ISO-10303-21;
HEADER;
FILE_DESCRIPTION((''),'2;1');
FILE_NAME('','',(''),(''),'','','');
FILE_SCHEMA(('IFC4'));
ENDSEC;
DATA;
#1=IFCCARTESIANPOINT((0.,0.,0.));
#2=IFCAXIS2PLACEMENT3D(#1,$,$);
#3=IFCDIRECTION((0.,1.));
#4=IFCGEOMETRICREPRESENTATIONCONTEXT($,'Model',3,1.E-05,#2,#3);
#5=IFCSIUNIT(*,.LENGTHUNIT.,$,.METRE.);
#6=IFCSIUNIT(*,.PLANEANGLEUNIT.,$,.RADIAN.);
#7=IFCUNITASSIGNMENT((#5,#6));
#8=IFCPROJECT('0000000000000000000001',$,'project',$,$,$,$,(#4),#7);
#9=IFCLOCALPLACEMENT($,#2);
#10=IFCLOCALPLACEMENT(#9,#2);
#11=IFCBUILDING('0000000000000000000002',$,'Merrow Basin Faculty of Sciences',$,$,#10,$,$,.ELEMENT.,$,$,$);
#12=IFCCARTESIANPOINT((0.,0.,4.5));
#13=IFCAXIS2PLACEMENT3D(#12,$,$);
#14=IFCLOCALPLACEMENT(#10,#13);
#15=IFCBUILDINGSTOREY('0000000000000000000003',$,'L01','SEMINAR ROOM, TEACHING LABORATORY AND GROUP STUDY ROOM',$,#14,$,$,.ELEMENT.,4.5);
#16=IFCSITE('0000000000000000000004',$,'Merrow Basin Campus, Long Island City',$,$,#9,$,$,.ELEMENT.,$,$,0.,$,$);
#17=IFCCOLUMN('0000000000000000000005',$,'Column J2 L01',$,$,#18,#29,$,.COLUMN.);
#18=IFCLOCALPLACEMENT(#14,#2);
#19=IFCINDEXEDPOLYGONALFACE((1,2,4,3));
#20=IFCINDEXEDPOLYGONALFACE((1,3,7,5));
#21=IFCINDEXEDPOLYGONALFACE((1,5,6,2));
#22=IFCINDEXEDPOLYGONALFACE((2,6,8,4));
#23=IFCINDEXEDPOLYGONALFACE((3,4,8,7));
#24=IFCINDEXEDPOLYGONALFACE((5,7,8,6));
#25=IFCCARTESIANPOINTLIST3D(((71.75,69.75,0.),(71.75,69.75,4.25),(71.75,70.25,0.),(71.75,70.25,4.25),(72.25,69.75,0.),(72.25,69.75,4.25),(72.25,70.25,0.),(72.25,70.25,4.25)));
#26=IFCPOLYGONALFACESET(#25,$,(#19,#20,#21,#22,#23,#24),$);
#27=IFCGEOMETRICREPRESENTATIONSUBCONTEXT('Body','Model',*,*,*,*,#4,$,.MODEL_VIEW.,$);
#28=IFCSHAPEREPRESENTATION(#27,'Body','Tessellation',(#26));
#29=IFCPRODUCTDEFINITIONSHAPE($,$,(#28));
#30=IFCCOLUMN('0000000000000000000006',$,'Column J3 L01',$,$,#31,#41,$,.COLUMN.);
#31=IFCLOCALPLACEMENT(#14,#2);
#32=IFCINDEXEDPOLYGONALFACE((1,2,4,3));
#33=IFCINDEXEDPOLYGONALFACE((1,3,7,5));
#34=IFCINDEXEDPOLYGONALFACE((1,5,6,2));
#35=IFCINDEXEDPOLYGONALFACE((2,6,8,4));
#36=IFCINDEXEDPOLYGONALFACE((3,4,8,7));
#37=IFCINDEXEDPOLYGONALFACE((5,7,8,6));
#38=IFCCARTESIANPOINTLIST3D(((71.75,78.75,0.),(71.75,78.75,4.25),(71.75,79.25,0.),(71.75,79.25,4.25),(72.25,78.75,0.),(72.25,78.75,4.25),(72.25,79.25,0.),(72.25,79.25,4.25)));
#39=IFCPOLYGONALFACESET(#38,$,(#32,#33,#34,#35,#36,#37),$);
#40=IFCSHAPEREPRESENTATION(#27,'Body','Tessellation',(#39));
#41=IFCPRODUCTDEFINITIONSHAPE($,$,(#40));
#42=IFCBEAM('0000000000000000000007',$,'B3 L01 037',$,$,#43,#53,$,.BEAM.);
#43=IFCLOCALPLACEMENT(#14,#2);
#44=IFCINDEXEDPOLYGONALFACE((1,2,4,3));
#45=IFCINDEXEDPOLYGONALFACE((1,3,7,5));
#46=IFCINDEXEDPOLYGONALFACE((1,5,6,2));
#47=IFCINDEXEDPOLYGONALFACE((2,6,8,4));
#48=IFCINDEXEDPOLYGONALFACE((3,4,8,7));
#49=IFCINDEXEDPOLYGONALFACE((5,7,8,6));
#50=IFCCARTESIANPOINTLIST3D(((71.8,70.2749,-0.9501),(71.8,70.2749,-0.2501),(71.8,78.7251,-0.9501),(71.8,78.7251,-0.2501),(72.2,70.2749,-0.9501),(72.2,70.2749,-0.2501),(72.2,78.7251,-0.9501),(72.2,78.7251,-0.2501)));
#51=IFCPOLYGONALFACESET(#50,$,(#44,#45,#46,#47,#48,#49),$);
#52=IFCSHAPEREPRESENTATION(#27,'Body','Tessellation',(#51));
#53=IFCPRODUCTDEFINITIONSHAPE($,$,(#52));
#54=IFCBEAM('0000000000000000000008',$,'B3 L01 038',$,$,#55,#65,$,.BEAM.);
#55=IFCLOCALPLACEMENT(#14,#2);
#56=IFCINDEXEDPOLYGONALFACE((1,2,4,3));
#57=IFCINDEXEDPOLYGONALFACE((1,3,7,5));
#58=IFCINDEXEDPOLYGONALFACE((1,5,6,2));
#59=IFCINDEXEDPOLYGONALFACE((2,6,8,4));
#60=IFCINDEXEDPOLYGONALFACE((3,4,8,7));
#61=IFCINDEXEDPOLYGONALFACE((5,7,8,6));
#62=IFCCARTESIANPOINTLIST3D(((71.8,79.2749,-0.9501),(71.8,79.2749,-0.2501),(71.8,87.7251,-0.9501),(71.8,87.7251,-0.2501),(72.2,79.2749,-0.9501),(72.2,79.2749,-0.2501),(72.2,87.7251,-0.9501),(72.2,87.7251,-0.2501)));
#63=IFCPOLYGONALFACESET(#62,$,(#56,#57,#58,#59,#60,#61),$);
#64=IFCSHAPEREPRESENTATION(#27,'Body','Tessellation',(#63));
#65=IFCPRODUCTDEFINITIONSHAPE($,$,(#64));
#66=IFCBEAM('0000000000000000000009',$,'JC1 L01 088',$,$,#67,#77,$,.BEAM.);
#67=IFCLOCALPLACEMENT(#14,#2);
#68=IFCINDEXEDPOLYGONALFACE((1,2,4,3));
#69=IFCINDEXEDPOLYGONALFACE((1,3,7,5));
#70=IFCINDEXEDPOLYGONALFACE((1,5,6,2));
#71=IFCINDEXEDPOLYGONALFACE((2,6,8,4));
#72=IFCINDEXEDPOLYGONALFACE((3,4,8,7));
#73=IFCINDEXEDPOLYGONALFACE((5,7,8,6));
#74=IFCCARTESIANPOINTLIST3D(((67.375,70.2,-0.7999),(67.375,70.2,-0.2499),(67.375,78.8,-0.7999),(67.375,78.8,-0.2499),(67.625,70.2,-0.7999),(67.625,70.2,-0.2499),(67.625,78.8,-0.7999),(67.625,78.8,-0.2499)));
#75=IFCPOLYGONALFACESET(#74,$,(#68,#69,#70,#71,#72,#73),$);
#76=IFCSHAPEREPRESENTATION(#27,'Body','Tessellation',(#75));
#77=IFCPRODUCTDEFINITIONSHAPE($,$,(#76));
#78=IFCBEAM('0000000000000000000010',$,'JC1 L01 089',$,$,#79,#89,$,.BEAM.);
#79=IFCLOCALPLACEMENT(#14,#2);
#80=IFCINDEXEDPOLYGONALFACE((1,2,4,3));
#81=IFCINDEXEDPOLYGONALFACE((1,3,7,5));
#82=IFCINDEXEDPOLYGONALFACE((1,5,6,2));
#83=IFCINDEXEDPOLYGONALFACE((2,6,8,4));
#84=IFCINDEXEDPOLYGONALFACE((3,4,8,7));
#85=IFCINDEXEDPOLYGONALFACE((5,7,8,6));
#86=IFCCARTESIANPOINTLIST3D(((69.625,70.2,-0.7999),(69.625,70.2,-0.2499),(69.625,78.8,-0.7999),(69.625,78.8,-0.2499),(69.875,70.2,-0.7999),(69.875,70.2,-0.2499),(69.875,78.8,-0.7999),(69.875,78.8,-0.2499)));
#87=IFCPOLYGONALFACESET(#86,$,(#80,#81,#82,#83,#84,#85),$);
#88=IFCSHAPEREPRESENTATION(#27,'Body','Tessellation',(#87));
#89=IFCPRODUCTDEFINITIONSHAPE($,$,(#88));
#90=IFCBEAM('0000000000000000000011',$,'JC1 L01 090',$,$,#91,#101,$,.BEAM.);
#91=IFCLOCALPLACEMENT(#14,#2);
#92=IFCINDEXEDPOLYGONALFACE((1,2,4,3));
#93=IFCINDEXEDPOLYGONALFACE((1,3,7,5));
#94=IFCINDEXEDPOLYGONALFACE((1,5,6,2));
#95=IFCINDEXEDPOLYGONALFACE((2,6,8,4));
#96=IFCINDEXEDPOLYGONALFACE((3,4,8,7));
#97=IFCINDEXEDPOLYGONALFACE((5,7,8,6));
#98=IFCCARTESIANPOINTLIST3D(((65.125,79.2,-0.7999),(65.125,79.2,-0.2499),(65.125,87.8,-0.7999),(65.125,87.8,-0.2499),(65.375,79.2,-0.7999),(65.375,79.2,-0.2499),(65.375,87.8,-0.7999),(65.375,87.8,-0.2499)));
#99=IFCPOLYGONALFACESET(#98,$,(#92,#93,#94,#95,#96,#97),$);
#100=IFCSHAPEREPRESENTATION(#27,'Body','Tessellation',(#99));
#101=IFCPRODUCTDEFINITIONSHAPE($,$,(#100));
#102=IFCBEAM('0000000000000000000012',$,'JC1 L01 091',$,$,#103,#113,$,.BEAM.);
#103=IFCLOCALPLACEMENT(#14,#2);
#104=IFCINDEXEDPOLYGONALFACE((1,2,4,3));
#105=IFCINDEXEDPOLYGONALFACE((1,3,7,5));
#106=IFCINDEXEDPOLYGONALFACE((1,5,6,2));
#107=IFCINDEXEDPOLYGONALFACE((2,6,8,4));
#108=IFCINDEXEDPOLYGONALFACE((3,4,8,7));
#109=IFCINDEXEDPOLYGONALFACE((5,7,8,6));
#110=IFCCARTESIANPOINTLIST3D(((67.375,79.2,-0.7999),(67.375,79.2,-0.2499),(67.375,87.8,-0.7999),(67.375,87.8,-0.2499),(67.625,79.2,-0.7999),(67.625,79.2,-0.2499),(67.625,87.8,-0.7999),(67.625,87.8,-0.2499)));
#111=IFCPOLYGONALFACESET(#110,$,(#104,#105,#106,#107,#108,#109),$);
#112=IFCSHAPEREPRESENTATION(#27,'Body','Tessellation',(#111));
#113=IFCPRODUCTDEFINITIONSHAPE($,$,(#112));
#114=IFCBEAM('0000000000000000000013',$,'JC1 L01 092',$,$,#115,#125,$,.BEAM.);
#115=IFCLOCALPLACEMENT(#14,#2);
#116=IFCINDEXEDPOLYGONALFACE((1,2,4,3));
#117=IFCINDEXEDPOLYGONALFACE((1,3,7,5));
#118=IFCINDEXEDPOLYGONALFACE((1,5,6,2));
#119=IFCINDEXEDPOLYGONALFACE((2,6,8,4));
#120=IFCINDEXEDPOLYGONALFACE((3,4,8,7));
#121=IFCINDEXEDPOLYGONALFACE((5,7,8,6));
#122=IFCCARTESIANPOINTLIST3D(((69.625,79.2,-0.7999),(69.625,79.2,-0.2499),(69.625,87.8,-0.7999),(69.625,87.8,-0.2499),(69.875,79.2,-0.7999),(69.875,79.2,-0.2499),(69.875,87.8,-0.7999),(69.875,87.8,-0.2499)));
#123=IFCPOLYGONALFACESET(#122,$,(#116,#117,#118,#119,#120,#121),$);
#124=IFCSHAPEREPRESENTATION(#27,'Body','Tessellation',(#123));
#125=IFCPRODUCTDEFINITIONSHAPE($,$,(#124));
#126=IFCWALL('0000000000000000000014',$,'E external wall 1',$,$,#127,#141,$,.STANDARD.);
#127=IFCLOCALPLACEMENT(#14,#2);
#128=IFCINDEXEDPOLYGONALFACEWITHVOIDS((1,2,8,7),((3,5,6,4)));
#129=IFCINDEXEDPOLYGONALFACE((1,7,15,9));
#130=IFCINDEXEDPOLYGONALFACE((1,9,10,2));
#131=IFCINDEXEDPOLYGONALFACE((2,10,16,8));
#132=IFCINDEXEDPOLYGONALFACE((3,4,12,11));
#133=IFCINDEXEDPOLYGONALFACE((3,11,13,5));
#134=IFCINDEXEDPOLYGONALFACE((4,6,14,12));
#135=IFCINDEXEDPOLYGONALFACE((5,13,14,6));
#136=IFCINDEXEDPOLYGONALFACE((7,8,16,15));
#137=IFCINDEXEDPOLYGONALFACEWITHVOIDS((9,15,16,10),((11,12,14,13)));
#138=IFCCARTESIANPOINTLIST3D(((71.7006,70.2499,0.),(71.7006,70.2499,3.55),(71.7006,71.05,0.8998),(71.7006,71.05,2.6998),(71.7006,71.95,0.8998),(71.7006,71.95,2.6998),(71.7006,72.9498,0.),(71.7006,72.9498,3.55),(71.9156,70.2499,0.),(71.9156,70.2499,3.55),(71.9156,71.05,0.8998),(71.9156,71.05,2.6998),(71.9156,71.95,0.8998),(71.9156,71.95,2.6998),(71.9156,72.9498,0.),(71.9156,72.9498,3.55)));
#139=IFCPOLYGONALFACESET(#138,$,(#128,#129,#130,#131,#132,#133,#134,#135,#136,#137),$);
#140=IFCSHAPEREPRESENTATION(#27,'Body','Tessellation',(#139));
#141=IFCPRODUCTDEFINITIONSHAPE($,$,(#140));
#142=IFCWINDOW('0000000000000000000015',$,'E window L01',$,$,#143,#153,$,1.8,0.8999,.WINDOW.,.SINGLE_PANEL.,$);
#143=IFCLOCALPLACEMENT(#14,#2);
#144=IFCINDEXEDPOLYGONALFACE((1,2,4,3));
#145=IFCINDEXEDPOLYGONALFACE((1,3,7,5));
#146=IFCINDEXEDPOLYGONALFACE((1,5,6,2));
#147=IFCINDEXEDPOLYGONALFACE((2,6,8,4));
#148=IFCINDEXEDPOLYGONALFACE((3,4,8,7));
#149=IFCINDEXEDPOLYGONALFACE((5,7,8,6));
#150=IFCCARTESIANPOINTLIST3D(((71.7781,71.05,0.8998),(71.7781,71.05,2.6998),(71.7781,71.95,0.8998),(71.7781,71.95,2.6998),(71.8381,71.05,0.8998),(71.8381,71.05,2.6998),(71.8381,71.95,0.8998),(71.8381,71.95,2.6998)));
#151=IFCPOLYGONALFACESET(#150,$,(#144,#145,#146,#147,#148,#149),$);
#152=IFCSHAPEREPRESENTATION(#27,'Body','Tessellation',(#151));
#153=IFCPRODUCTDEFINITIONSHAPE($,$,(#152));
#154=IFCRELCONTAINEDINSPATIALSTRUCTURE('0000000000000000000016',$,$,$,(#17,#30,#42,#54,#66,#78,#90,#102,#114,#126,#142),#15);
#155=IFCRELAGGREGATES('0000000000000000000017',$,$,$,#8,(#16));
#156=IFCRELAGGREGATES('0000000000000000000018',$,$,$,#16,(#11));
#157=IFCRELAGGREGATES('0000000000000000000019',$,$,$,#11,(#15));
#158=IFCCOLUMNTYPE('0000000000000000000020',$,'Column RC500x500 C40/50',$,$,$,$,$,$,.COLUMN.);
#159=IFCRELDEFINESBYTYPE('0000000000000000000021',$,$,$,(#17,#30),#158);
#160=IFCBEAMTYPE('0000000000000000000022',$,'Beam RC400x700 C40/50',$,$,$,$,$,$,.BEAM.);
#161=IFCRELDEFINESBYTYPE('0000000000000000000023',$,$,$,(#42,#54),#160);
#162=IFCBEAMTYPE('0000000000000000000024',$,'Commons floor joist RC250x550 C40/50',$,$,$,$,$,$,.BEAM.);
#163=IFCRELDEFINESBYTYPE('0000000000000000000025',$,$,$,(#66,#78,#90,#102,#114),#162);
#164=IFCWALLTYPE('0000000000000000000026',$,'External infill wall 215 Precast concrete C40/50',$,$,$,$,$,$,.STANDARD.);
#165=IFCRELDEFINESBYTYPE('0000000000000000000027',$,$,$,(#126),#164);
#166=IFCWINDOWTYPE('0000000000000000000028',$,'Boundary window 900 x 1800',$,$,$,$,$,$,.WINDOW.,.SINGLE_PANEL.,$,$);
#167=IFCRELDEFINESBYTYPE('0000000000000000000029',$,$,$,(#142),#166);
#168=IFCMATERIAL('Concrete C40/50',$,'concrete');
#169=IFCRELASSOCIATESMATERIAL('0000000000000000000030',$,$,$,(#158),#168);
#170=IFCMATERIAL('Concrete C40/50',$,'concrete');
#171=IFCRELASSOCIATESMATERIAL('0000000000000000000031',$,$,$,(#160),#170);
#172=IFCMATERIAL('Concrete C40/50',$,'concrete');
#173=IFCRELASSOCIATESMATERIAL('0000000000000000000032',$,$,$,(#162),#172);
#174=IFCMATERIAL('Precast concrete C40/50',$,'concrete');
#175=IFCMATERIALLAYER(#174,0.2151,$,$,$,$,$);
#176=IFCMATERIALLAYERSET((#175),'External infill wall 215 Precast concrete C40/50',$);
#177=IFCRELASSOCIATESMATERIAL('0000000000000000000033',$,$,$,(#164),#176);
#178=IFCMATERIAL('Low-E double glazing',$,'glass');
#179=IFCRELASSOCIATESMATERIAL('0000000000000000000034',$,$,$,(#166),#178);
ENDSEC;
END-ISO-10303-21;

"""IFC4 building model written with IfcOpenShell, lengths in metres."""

from ifc_helpers import new_model, si_unit, direction, frame, frame_2d, origin, origin_2d, place, context, subcontext, project, spatial, rectangle, extrude, material, layer, layer_set, material_profile, profile_set, type_object, element, fill, save


model = new_model("IFC4")

# Units and contexts
model_context = context("Model", 3, precision=1e-05, world=origin(), true_north=direction((0.0, 1.0)))
body_context = subcontext(model_context, "Body", "Model", "MODEL_VIEW")
ifc_project = project(units=[si_unit("LENGTHUNIT", "METRE"), si_unit("PLANEANGLEUNIT", "RADIAN")], contexts=[model_context])

# Site, building, storey
site_placement = place(None, origin())
site = spatial("IfcSite", under=ifc_project, at=site_placement, Name="Merrow Basin Campus, Long Island City", CompositionType="ELEMENT", RefElevation=0.0)
building_placement = place(site_placement, origin())
building = spatial("IfcBuilding", under=site, at=building_placement, Name="Merrow Basin Faculty of Sciences", CompositionType="ELEMENT")
storey_placement = place(building_placement, frame((0.0, 0.0, 4.5)))
storey = spatial("IfcBuildingStorey", under=building, at=storey_placement, Name="L01", Description="SEMINAR ROOM, TEACHING LABORATORY AND GROUP STUDY ROOM", CompositionType="ELEMENT", Elevation=4.5)

# Columns
ifc_material_1 = material(Name="Concrete C40/50", Category="concrete")
ifc_material_profile_1 = material_profile(ifc_material_1, rectangle(XDim=0.5, YDim=0.5, at=origin_2d()))
ifc_profile_set_1 = profile_set([ifc_material_profile_1], Name="Concrete C40/50")
column_type = type_object("IfcColumnType", Name="Column RC500x500 C40/50", PredefinedType="COLUMN", material=ifc_profile_set_1)
for number, where, z_axis, x_axis, name in (
    (1, (72.0, 70.0, 0.0), (0.0, 0.0, 1.0), (1.0, 0.0, 0.0), "Column J2 L01"),
    (2, (72.0, 79.0, 0.0), (0.0, 0.0, 1.0), (1.0, 0.0, 0.0), "Column J3 L01"),
):
    element("IfcColumn", number, at=place(storey_placement, frame(where, z_axis=z_axis, x_axis=x_axis)), inside=storey, type_object=column_type, Name=name, PredefinedType="COLUMN", context=body_context, shape_type="SweptSolid", body=[
        extrude(rectangle(XDim=0.5, YDim=0.5, at=origin_2d()), origin(), (0.0, 0.0, 1.0), 4.25),
    ])

# Beams
ifc_material_2 = material(Name="Concrete C40/50", Category="concrete")
ifc_material_profile_2 = material_profile(ifc_material_2, rectangle(XDim=0.3999, YDim=0.7, at=origin_2d()))
ifc_profile_set_2 = profile_set([ifc_material_profile_2], Name="Concrete C40/50")
beam_type_1 = type_object("IfcBeamType", Name="Beam RC400x700 C40/50", PredefinedType="BEAM", material=ifc_profile_set_2)
for number, where, z_axis, x_axis, name in (
    (3, (72.0, 70.2749, -0.6001), (0.0, 1.0, 0.0), (-1.0, 0.0, 0.0), "B3 L01 037"),
    (4, (72.0, 79.2749, -0.6001), (0.0, 1.0, 0.0), (-1.0, 0.0, 0.0), "B3 L01 038"),
):
    element("IfcBeam", number, at=place(storey_placement, frame(where, z_axis=z_axis, x_axis=x_axis)), inside=storey, type_object=beam_type_1, Name=name, PredefinedType="BEAM", context=body_context, shape_type="SweptSolid", body=[
        extrude(rectangle(XDim=0.3999, YDim=0.7, at=origin_2d()), origin(), (0.0, 0.0, 1.0), 8.4502),
    ])
ifc_material_3 = material(Name="Concrete C40/50", Category="concrete")
ifc_material_profile_3 = material_profile(ifc_material_3, rectangle(XDim=0.25, YDim=0.55, at=origin_2d()))
ifc_profile_set_3 = profile_set([ifc_material_profile_3], Name="Concrete C40/50")
beam_type_2 = type_object("IfcBeamType", Name="Commons floor joist RC250x550 C40/50", PredefinedType="BEAM", material=ifc_profile_set_3)
for number, where, z_axis, x_axis, name in (
    (5, (67.5, 70.2, -0.5249), (0.0, 1.0, 0.0), (-1.0, 0.0, 0.0), "JC1 L01 088"),
    (6, (69.75, 70.2, -0.5249), (0.0, 1.0, 0.0), (-1.0, 0.0, 0.0), "JC1 L01 089"),
    (7, (65.25, 79.2, -0.5249), (0.0, 1.0, 0.0), (-1.0, 0.0, 0.0), "JC1 L01 090"),
    (8, (67.5, 79.2, -0.5249), (0.0, 1.0, 0.0), (-1.0, 0.0, 0.0), "JC1 L01 091"),
    (9, (69.75, 79.2, -0.5249), (0.0, 1.0, 0.0), (-1.0, 0.0, 0.0), "JC1 L01 092"),
):
    element("IfcBeam", number, at=place(storey_placement, frame(where, z_axis=z_axis, x_axis=x_axis)), inside=storey, type_object=beam_type_2, Name=name, PredefinedType="BEAM", context=body_context, shape_type="SweptSolid", body=[
        extrude(rectangle(XDim=0.25, YDim=0.55, at=origin_2d()), origin(), (0.0, 0.0, 1.0), 8.6001),
    ])

# Wall, opening, window
ifc_material_4 = material(Name="Precast concrete C40/50", Category="concrete")
ifc_layer_1 = layer(ifc_material_4, 0.2151)
ifc_layer_set_1 = layer_set([ifc_layer_1], Name="External infill wall 215 Precast concrete C40/50")
wall_type_1 = type_object("IfcWallType", Name="External infill wall 215 Precast concrete C40/50", PredefinedType="STANDARD", material=ifc_layer_set_1)
wall_1_placement = place(storey_placement, frame((71.8081, 72.95, 0.0), z_axis=(0.0, 0.0, 1.0), x_axis=(0.0, -1.0, 0.0)))
wall_1 = element("IfcWall", 10, at=wall_1_placement, inside=storey, type_object=wall_type_1, Name="E external wall 1", PredefinedType="STANDARD", context=body_context, shape_type="SweptSolid", body=[
    extrude(rectangle(XDim=2.7, YDim=0.2151, at=frame_2d((1.3501, 0.0))), origin(), (0.0, 0.0, 1.0), 3.55),
])
opening_1_placement = place(wall_1_placement, frame((1.0, 0.0, 0.8999)))
opening_1 = element("IfcOpeningElement", 11, at=opening_1_placement, cuts=wall_1, PredefinedType="OPENING", context=body_context, shape_type="SweptSolid", body=[
    extrude(rectangle(XDim=0.8999, YDim=1.8, at=frame_2d((0.45, 0.8999))), frame((0.0, 0.1174, 0.0), z_axis=(0.0, -1.0, 0.0), x_axis=(1.0, 0.0, 0.0)), (0.0, 0.0, 1.0), 0.2351),
])
ifc_material_5 = material(Name="Low-E double glazing", Category="glass")
window_type = type_object("IfcWindowType", Name="Boundary window 900 x 1800", PartitioningType="SINGLE_PANEL", PredefinedType="WINDOW", material=ifc_material_5)
window_1_placement = place(opening_1_placement, origin())
window_1 = element("IfcWindow", 12, at=window_1_placement, inside=storey, type_object=window_type, Name="E window L01", OverallHeight=1.8, OverallWidth=0.8999, PartitioningType="SINGLE_PANEL", PredefinedType="WINDOW", context=body_context, shape_type="SweptSolid", body=[
    extrude(rectangle(XDim=0.8999, YDim=1.8, at=frame_2d((0.45, 0.8999))), frame((0.0, 0.03, 0.0), z_axis=(0.0, -1.0, 0.0), x_axis=(1.0, 0.0, 0.0)), (0.0, 0.0, 1.0), 0.0601),
])
fill(opening_1, window_1)

save(model, "model.ifc")
